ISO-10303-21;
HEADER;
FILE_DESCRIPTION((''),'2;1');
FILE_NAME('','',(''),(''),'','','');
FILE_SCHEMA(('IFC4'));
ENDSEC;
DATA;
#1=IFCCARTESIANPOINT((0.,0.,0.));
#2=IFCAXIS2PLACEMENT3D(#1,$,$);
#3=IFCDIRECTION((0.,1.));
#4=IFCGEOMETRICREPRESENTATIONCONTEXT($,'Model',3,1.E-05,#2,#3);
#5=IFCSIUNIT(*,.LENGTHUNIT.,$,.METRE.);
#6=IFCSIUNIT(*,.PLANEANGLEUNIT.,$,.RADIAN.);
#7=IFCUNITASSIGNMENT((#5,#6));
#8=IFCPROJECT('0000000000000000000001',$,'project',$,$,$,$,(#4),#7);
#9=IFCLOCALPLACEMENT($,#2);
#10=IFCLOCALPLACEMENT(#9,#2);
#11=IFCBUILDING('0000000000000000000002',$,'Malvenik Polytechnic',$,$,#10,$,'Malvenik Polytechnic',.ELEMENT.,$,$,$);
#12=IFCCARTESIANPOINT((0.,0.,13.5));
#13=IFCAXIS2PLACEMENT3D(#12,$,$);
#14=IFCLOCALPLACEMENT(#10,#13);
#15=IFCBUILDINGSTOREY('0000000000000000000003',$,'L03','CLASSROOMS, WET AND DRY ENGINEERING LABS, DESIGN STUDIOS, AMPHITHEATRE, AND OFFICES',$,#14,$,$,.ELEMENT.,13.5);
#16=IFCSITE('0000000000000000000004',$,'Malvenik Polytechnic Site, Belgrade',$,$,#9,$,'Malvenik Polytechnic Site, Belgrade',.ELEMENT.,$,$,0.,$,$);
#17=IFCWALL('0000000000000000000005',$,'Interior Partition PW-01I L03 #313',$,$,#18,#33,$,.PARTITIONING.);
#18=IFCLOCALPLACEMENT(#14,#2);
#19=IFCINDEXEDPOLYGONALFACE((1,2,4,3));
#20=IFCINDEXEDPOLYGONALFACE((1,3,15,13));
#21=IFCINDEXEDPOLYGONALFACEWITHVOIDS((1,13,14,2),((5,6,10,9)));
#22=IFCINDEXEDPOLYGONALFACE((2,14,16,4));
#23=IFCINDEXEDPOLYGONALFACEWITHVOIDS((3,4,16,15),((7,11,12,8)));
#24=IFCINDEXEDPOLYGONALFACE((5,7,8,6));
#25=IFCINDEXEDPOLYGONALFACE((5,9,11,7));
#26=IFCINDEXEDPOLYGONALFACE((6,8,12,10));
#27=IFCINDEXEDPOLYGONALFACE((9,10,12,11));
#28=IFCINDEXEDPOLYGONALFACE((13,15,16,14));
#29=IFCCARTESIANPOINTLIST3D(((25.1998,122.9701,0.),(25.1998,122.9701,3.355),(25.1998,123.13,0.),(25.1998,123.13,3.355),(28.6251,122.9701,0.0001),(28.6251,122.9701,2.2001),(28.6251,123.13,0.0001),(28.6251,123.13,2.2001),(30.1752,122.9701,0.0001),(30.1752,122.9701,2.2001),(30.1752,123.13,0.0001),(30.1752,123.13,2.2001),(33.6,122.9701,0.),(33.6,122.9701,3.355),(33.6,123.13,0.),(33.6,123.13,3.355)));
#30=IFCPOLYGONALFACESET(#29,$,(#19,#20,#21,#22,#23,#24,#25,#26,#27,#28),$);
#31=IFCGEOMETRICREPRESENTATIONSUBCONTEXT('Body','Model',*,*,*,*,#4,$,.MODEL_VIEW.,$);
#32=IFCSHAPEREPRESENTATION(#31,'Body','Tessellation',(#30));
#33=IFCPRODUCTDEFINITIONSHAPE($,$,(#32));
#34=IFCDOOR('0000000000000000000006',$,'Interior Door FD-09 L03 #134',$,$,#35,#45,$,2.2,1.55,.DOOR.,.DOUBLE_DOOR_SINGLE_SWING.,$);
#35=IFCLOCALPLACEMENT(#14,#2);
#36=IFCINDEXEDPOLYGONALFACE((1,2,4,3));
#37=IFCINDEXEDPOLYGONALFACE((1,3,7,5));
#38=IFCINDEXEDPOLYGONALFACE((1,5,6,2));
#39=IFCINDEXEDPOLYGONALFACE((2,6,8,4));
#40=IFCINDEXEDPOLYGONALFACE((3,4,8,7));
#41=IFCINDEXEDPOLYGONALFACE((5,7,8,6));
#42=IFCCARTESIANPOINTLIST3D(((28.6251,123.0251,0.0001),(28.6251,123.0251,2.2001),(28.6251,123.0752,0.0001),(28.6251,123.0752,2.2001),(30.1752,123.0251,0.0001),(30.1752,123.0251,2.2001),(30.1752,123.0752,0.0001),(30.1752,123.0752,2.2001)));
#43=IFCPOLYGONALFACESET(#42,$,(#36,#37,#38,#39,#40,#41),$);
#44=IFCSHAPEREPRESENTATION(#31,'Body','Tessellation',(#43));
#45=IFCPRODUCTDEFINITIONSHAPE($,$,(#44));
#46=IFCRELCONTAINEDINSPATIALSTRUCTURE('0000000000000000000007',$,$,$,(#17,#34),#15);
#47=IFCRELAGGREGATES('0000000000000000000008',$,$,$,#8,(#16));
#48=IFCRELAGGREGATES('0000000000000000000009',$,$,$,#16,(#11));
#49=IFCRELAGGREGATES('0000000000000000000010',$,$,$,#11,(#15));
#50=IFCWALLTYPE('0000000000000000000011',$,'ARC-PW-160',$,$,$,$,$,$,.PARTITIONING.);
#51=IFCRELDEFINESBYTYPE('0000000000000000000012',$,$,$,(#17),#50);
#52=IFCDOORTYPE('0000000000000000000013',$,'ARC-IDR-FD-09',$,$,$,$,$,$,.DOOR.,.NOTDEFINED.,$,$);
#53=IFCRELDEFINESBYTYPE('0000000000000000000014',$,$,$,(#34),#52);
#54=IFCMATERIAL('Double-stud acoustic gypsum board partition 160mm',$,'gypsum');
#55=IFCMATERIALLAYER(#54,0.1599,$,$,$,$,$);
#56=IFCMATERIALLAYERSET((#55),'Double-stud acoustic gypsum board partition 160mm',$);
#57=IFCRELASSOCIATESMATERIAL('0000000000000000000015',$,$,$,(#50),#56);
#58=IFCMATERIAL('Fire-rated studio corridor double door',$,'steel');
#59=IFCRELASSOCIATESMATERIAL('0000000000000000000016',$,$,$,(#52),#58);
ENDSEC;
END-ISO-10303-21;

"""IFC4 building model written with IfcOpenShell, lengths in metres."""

from ifc_helpers import new_model, si_unit, direction, frame, frame_2d, origin, place, context, subcontext, project, spatial, rectangle, extrude, material, layer, layer_set, type_object, element, fill, save


model = new_model("IFC4")

# Units and contexts
model_context = context("Model", 3, precision=1e-05, world=origin(), true_north=direction((0.0, 1.0)))
body_context = subcontext(model_context, "Body", "Model", "MODEL_VIEW")
ifc_project = project(units=[si_unit("LENGTHUNIT", "METRE"), si_unit("PLANEANGLEUNIT", "RADIAN")], contexts=[model_context])

# Site, building, storey
site_placement = place(None, origin())
site = spatial("IfcSite", under=ifc_project, at=site_placement, Name="Malvenik Polytechnic Site, Belgrade", LongName="Malvenik Polytechnic Site, Belgrade", CompositionType="ELEMENT", RefElevation=0.0)
building_placement = place(site_placement, origin())
building = spatial("IfcBuilding", under=site, at=building_placement, Name="Malvenik Polytechnic", LongName="Malvenik Polytechnic", CompositionType="ELEMENT")
storey_placement = place(building_placement, frame((0.0, 0.0, 13.5)))
storey = spatial("IfcBuildingStorey", under=building, at=storey_placement, Name="L03", Description="CLASSROOMS, WET AND DRY ENGINEERING LABS, DESIGN STUDIOS, AMPHITHEATRE, AND OFFICES", CompositionType="ELEMENT", Elevation=13.5)

# Wall, opening, door
ifc_material_1 = material(Name="Double-stud acoustic gypsum board partition 160mm", Category="gypsum")
ifc_layer_1 = layer(ifc_material_1, 0.1599)
ifc_layer_set_1 = layer_set([ifc_layer_1], Name="Double-stud acoustic gypsum board partition 160mm")
wall_type_1 = type_object("IfcWallType", Name="ARC-PW-160", PredefinedType="PARTITIONING", material=ifc_layer_set_1)
wall_1_placement = place(storey_placement, frame((33.6001, 123.05, 0.0), z_axis=(0.0, 0.0, 1.0), x_axis=(-1.0, 0.0, 0.0)))
wall_1 = element("IfcWall", 1, at=wall_1_placement, inside=storey, type_object=wall_type_1, Name="Interior Partition PW-01I L03 #313", PredefinedType="PARTITIONING", context=body_context, shape_type="SweptSolid", body=[
    extrude(rectangle(XDim=8.4001, YDim=0.1599, at=frame_2d((4.2002, 0.0))), origin(), (0.0, 0.0, 1.0), 3.355),
])
opening_1_placement = place(wall_1_placement, frame((3.425, 0.0, 0.0)))
opening_1 = element("IfcOpeningElement", 2, at=opening_1_placement, cuts=wall_1, PredefinedType="OPENING", context=body_context, shape_type="SweptSolid", body=[
    extrude(rectangle(XDim=1.55, YDim=2.2, at=frame_2d((0.7749, 1.1001))), frame((0.0, 0.0898, 0.0), z_axis=(0.0, -1.0, 0.0), x_axis=(1.0, 0.0, 0.0)), (0.0, 0.0, 1.0), 0.1799),
])
ifc_material_2 = material(Name="Fire-rated studio corridor double door", Category="steel")
door_type_1 = type_object("IfcDoorType", Name="ARC-IDR-FD-09", OperationType="NOTDEFINED", PredefinedType="DOOR", material=ifc_material_2)
door_1_placement = place(opening_1_placement, origin())
door_1 = element("IfcDoor", 3, at=door_1_placement, inside=storey, type_object=door_type_1, Name="Interior Door FD-09 L03 #134", OperationType="DOUBLE_DOOR_SINGLE_SWING", OverallHeight=2.2, OverallWidth=1.55, PredefinedType="DOOR", context=body_context, shape_type="SweptSolid", body=[
    extrude(rectangle(XDim=1.55, YDim=2.2, at=frame_2d((0.7749, 1.1001))), frame((0.0, 0.0249, 0.0), z_axis=(0.0, -1.0, 0.0), x_axis=(1.0, 0.0, 0.0)), (0.0, 0.0, 1.0), 0.05),
])
fill(opening_1, door_1)

save(model, "model.ifc")
